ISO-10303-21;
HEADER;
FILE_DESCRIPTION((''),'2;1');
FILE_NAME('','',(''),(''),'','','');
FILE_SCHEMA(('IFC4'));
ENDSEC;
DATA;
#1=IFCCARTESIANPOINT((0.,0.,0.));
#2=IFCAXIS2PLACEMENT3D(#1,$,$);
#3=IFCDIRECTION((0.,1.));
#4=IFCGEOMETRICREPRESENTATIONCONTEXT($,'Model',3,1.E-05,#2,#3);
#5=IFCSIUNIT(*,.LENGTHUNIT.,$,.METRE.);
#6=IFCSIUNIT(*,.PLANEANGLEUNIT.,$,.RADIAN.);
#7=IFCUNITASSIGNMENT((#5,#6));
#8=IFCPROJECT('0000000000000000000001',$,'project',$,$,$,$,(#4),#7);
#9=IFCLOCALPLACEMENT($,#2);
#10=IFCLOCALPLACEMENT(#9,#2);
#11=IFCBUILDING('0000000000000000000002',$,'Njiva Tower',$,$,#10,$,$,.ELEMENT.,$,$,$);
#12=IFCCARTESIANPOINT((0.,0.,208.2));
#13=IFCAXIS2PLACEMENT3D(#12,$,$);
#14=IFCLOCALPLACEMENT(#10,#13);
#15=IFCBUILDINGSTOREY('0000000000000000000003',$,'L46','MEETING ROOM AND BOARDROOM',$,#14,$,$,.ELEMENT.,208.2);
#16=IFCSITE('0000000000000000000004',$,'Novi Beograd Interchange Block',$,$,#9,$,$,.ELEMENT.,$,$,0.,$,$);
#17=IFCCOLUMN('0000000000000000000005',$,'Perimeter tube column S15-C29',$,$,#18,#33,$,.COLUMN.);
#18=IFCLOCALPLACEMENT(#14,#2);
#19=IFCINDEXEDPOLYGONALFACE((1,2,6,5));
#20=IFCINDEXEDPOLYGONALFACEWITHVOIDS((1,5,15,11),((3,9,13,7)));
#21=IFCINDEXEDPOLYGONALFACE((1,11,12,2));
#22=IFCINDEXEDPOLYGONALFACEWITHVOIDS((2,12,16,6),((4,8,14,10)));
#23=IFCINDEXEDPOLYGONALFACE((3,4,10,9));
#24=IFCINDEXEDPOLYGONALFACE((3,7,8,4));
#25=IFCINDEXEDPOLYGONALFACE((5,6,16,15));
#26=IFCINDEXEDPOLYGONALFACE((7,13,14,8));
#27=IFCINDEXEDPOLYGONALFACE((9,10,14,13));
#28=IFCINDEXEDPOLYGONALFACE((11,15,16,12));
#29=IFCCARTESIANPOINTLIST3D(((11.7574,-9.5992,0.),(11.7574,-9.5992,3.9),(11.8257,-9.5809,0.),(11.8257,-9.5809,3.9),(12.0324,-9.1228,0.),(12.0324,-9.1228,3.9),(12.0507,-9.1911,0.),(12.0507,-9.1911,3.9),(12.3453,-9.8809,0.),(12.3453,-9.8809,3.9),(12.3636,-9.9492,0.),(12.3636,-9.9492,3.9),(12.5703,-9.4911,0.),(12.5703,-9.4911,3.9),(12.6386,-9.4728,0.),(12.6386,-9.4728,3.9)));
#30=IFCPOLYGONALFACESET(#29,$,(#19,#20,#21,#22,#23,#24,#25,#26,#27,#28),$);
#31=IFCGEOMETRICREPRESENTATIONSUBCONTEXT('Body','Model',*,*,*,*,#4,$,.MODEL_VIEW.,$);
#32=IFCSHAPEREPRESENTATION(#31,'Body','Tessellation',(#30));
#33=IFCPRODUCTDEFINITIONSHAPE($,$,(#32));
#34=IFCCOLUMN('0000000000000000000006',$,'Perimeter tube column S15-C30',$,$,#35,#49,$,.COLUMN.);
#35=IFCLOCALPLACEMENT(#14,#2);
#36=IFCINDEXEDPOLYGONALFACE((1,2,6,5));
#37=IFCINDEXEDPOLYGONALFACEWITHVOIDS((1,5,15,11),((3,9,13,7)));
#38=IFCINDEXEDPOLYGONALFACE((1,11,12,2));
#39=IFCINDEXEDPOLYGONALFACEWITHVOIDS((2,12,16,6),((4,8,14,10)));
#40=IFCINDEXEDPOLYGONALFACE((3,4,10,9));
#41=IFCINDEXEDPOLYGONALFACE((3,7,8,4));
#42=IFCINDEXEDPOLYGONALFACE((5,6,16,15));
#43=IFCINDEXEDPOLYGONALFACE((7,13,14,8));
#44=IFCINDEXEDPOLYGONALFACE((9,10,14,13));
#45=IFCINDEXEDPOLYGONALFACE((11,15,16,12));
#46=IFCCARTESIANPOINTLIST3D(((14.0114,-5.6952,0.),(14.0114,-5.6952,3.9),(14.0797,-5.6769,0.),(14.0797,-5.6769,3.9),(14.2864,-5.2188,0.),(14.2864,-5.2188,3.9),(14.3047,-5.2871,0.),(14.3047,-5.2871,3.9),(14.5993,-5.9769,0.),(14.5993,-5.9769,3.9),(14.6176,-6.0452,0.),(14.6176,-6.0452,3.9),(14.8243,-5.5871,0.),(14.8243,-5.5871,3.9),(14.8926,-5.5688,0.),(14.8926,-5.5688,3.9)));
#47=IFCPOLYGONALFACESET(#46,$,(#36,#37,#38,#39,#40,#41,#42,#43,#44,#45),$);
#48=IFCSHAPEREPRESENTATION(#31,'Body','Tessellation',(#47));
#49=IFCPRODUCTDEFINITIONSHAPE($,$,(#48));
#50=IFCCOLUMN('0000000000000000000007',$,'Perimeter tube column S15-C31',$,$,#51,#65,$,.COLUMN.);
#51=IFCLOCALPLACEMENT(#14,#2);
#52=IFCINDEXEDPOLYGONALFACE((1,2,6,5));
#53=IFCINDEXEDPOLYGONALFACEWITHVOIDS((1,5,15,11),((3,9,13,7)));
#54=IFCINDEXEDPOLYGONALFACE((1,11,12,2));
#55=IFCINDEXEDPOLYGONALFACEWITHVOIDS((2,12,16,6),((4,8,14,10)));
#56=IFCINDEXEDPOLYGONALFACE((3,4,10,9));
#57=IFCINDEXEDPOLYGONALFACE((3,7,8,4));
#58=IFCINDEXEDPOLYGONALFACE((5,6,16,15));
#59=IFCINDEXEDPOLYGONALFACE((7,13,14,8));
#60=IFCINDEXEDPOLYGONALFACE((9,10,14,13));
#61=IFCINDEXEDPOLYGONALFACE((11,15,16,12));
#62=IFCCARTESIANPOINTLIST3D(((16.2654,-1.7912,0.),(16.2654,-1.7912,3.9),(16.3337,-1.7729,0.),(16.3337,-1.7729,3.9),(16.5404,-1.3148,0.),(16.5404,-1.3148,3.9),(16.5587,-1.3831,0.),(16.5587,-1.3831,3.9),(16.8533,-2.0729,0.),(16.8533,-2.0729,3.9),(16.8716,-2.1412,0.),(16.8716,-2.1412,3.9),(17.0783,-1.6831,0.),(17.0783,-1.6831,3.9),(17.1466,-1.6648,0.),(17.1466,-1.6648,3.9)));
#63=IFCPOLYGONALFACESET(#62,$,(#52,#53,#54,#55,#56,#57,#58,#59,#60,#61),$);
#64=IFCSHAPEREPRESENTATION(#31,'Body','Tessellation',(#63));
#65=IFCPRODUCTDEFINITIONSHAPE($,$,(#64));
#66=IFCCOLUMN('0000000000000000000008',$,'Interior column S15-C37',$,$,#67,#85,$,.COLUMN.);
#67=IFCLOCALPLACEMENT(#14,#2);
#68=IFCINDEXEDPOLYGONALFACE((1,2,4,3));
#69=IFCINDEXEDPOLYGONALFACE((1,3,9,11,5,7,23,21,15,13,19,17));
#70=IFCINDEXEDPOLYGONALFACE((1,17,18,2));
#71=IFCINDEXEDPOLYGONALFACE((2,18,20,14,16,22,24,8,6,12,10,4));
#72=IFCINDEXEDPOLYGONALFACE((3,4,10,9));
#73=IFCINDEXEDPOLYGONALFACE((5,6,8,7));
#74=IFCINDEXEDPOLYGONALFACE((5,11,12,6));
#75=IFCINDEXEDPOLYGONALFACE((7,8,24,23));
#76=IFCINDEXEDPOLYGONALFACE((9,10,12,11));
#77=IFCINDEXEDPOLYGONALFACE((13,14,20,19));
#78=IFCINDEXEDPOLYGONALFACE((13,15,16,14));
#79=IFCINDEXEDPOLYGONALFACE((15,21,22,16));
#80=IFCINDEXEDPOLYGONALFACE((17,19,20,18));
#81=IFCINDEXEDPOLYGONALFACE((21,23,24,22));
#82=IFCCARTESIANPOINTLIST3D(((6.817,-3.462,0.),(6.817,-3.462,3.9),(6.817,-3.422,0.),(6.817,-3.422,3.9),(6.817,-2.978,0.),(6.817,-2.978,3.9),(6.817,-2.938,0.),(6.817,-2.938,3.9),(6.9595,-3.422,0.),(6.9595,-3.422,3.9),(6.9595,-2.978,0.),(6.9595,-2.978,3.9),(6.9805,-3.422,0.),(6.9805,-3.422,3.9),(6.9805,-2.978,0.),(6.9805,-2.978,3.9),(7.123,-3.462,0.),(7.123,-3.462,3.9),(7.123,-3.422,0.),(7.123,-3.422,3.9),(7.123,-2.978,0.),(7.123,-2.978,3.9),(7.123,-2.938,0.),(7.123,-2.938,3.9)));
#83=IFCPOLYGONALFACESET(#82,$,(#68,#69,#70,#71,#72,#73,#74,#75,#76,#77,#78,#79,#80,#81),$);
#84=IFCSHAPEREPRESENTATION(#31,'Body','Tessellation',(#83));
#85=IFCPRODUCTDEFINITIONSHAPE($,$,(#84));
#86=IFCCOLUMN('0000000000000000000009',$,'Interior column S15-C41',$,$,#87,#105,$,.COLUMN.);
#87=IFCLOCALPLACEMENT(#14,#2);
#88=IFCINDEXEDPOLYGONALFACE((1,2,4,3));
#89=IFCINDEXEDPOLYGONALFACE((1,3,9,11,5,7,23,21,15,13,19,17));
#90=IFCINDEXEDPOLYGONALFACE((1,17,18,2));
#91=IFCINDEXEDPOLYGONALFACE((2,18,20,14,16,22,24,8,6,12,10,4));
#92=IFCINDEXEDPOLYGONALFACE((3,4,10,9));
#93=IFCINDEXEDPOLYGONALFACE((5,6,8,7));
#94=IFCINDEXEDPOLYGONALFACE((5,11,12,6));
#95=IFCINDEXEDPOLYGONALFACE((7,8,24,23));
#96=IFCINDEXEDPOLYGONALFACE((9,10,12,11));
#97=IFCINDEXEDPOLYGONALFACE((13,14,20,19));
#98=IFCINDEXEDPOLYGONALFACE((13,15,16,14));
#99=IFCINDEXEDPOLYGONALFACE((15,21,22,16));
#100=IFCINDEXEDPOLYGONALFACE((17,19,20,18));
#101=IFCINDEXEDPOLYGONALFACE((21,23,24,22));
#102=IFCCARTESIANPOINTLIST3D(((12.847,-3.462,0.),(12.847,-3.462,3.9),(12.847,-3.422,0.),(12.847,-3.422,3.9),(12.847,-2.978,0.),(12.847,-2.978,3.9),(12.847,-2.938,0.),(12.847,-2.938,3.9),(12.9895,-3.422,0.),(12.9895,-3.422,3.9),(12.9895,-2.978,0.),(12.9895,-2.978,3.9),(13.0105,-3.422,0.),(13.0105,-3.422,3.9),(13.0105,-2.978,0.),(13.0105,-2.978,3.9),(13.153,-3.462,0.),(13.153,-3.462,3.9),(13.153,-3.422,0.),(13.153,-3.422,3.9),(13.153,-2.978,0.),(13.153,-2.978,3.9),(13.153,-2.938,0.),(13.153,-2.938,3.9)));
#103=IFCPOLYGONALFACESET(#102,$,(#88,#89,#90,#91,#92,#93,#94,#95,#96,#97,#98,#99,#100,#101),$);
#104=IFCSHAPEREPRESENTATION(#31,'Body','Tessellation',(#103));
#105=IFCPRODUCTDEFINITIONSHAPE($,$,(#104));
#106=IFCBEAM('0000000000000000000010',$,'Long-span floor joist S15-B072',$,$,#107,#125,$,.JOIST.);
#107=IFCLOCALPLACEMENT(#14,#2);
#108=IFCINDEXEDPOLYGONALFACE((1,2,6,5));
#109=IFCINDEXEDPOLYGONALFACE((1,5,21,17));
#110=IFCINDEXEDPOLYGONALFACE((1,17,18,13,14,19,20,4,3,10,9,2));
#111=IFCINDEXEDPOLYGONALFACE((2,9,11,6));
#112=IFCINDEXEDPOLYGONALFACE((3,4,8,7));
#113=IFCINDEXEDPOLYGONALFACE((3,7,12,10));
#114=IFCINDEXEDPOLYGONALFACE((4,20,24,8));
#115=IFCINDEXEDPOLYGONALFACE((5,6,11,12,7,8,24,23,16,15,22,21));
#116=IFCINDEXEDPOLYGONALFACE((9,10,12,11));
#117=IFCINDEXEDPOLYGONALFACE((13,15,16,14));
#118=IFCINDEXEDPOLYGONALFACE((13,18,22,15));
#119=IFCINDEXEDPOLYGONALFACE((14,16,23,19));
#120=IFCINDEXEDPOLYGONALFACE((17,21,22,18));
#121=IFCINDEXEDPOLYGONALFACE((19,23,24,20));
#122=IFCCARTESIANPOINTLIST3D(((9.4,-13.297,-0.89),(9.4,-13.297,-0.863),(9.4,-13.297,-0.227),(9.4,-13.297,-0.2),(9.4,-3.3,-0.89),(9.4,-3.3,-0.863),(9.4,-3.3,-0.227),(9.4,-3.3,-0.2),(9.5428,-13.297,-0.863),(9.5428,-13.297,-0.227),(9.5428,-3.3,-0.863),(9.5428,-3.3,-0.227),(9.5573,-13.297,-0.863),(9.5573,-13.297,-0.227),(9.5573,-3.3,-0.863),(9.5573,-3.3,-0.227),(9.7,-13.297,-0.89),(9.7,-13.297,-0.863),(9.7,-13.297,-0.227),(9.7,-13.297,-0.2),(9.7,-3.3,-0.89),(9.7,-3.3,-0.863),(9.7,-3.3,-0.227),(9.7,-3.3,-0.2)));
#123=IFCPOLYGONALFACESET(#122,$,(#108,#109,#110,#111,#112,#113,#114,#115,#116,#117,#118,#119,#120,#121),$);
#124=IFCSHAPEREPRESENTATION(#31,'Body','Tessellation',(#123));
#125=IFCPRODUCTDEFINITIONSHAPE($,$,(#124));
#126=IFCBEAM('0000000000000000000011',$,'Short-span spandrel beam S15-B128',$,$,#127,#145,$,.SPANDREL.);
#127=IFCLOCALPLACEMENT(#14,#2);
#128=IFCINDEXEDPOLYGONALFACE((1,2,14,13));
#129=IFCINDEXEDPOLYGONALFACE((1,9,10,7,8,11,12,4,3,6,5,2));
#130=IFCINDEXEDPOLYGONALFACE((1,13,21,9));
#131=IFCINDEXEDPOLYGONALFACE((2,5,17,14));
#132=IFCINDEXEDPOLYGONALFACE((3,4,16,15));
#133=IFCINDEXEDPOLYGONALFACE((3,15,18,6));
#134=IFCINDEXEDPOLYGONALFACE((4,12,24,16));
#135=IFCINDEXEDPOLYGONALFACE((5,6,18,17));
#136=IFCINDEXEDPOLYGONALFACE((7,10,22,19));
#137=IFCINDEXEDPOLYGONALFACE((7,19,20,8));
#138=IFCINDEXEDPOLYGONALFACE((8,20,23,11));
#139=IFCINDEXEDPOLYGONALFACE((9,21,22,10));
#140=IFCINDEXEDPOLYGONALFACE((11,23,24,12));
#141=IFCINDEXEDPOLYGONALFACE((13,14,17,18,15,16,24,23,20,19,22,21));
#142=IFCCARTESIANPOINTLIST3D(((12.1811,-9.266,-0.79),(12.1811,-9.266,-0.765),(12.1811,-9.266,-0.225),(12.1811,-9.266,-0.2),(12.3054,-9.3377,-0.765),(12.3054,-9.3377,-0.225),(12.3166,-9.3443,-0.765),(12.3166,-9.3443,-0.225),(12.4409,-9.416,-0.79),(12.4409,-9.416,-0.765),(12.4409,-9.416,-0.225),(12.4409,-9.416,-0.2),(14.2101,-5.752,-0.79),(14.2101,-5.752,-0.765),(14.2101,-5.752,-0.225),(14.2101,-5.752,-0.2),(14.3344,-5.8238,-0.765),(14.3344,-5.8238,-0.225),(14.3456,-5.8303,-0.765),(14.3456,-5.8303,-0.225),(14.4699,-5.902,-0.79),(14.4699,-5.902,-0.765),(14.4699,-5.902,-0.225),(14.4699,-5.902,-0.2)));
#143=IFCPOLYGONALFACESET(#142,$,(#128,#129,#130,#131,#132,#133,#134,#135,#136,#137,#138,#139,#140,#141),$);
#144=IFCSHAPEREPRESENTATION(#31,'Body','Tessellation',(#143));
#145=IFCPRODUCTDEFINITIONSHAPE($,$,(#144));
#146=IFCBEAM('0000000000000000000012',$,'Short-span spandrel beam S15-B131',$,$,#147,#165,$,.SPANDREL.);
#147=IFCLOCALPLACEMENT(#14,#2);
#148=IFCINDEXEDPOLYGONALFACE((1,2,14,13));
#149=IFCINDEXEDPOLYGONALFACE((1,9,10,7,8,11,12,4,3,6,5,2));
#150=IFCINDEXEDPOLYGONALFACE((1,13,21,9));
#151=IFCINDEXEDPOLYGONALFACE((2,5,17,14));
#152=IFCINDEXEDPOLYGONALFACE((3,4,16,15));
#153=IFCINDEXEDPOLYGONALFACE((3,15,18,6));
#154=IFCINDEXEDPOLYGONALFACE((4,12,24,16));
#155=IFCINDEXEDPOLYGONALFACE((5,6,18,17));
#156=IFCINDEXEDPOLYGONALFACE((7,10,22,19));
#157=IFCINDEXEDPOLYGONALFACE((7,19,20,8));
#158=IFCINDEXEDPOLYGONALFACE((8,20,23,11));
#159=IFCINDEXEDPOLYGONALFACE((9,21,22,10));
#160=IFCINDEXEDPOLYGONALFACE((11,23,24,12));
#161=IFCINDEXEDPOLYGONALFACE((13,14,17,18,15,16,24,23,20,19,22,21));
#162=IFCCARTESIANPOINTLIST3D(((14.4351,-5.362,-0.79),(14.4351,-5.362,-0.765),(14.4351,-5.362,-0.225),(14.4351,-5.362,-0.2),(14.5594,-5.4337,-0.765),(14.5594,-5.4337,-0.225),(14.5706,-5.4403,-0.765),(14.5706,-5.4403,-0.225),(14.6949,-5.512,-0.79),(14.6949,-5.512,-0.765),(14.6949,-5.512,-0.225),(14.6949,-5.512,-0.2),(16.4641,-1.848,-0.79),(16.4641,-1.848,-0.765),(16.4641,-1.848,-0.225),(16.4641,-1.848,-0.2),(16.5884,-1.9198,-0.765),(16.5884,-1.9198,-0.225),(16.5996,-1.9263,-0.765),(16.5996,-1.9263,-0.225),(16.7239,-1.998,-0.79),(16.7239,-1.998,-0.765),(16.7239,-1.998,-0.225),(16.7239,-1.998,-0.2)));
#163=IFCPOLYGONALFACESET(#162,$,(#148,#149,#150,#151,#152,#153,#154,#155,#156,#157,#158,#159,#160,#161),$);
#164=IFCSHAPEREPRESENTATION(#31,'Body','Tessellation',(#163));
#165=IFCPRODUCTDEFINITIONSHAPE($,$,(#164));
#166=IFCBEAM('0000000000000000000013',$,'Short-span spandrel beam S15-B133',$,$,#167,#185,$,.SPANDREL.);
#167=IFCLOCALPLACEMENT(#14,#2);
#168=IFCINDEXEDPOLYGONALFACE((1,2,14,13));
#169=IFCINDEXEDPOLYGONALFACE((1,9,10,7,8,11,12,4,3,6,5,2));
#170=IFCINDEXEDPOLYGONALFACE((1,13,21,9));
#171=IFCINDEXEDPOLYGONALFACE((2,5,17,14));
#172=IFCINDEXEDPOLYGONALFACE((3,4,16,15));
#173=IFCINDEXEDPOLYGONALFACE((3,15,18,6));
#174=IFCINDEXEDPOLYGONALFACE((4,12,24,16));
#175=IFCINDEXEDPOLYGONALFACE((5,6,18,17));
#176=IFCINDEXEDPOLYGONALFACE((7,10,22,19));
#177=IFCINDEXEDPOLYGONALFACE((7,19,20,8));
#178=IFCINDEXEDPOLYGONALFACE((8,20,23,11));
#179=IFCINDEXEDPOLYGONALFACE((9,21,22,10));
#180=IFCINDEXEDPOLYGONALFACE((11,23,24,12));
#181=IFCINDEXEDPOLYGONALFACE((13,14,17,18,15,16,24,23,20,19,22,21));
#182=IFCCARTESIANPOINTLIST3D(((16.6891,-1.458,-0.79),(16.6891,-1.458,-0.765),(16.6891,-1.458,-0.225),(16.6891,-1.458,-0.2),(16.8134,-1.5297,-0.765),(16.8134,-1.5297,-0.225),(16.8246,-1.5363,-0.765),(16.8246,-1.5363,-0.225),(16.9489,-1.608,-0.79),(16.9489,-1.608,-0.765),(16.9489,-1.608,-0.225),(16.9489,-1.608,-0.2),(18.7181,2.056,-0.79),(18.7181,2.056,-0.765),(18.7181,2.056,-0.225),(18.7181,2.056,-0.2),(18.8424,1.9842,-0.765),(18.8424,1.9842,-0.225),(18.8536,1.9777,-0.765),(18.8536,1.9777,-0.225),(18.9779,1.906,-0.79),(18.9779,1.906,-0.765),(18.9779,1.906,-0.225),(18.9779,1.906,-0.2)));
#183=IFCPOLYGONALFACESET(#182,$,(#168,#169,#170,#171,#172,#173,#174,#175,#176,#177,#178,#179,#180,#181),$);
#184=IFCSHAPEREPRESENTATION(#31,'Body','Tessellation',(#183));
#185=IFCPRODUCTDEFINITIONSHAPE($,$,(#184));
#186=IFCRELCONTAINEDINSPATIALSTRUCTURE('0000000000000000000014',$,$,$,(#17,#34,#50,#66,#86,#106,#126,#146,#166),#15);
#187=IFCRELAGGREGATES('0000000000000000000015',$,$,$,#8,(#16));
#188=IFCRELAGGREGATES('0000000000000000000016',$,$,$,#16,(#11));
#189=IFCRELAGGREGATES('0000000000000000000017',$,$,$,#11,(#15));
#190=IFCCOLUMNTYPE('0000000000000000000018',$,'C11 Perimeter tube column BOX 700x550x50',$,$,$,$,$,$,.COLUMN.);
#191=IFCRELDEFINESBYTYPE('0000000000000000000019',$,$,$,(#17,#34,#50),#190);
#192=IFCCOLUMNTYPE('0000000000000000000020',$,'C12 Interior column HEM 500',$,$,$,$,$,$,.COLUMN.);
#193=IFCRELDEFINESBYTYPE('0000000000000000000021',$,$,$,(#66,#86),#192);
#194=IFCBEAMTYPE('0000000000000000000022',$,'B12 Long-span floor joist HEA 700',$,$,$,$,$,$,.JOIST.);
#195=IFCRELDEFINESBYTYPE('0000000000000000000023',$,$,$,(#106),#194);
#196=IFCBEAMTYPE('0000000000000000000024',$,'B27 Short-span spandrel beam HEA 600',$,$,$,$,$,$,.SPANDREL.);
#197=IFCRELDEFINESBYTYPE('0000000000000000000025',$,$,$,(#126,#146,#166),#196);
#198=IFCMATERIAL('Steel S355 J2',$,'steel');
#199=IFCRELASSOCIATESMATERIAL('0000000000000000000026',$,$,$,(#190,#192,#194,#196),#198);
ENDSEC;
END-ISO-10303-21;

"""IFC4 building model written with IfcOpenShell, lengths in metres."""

from ifc_helpers import new_model, si_unit, direction, frame, origin, origin_2d, place, context, subcontext, project, spatial, hollow_rectangle, i_section, extrude, material, material_profile, profile_set, type_object, element, save


model = new_model("IFC4")

# Units and contexts
model_context = context("Model", 3, precision=1e-05, world=origin(), true_north=direction((0.0, 1.0)))
body_context = subcontext(model_context, "Body", "Model", "MODEL_VIEW")
ifc_project = project(units=[si_unit("LENGTHUNIT", "METRE"), si_unit("PLANEANGLEUNIT", "RADIAN")], contexts=[model_context])

# Site, building, storey
site_placement = place(None, origin())
site = spatial("IfcSite", under=ifc_project, at=site_placement, Name="Novi Beograd Interchange Block", CompositionType="ELEMENT", RefElevation=0.0)
building_placement = place(site_placement, origin())
building = spatial("IfcBuilding", under=site, at=building_placement, Name="Njiva Tower", CompositionType="ELEMENT")
storey_placement = place(building_placement, frame((0.0, 0.0, 208.2)))
storey = spatial("IfcBuildingStorey", under=building, at=storey_placement, Name="L46", Description="MEETING ROOM AND BOARDROOM", CompositionType="ELEMENT", Elevation=208.2)

# Columns
ifc_material_1 = material(Name="Steel S355 J2", Category="steel")
ifc_material_profile_1 = material_profile(ifc_material_1, hollow_rectangle(XDim=0.55, YDim=0.7, WallThickness=0.05, at=origin_2d()), Name="BOX 700x550x50")
ifc_profile_set_1 = profile_set([ifc_material_profile_1], Name="Steel S355 J2")
column_type_1 = type_object("IfcColumnType", Name="C11 Perimeter tube column BOX 700x550x50", PredefinedType="COLUMN", material=ifc_profile_set_1)
for number, where, z_axis, x_axis, name in (
    (1, (12.198, -9.536, 0.0), (0.0, 0.0, 1.0), (0.5, 0.866025, 0.0), "Perimeter tube column S15-C29"),
    (2, (14.452, -5.632, 0.0), (0.0, 0.0, 1.0), (0.5, 0.866025, 0.0), "Perimeter tube column S15-C30"),
    (3, (16.706, -1.728, 0.0), (0.0, 0.0, 1.0), (0.5, 0.866025, 0.0), "Perimeter tube column S15-C31"),
):
    element("IfcColumn", number, at=place(storey_placement, frame(where, z_axis=z_axis, x_axis=x_axis)), inside=storey, type_object=column_type_1, Name=name, PredefinedType="COLUMN", context=body_context, shape_type="SweptSolid", body=[
        extrude(hollow_rectangle(XDim=0.55, YDim=0.7, WallThickness=0.05, at=origin_2d()), origin(), (0.0, 0.0, 1.0), 3.9),
    ])
ifc_material_profile_2 = material_profile(ifc_material_1, i_section(OverallWidth=0.306, OverallDepth=0.524, WebThickness=0.021, FlangeThickness=0.04, at=origin_2d()), Name="HEM 500")
ifc_profile_set_2 = profile_set([ifc_material_profile_2], Name="Steel S355 J2")
column_type_2 = type_object("IfcColumnType", Name="C12 Interior column HEM 500", PredefinedType="COLUMN", material=ifc_profile_set_2)
for number, where, z_axis, x_axis, name in (
    (4, (6.97, -3.2, 0.0), (0.0, 0.0, 1.0), (1.0, 0.0, 0.0), "Interior column S15-C37"),
    (5, (13.0, -3.2, 0.0), (0.0, 0.0, 1.0), (1.0, 0.0, 0.0), "Interior column S15-C41"),
):
    element("IfcColumn", number, at=place(storey_placement, frame(where, z_axis=z_axis, x_axis=x_axis)), inside=storey, type_object=column_type_2, Name=name, PredefinedType="COLUMN", context=body_context, shape_type="SweptSolid", body=[
        extrude(i_section(OverallWidth=0.306, OverallDepth=0.524, WebThickness=0.021, FlangeThickness=0.04, at=origin_2d()), origin(), (0.0, 0.0, 1.0), 3.9),
    ])

# Beams
ifc_material_profile_3 = material_profile(ifc_material_1, i_section(OverallWidth=0.3, OverallDepth=0.69, WebThickness=0.0145, FlangeThickness=0.027, at=origin_2d()), Name="HEA 700")
ifc_profile_set_3 = profile_set([ifc_material_profile_3], Name="Steel S355 J2")
beam_type_1 = type_object("IfcBeamType", Name="B12 Long-span floor joist HEA 700", PredefinedType="JOIST", material=ifc_profile_set_3)
beam_1_placement = place(storey_placement, frame((9.55, -3.3, -0.545), z_axis=(0.0, -1.0, 0.0), x_axis=(1.0, 0.0, 0.0)))
element("IfcBeam", 6, at=beam_1_placement, inside=storey, type_object=beam_type_1, Name="Long-span floor joist S15-B072", PredefinedType="JOIST", context=body_context, shape_type="SweptSolid", body=[
    extrude(i_section(OverallWidth=0.3, OverallDepth=0.69, WebThickness=0.0145, FlangeThickness=0.027, at=origin_2d()), origin(), (0.0, 0.0, 1.0), 9.997),
])
ifc_material_profile_4 = material_profile(ifc_material_1, i_section(OverallWidth=0.3, OverallDepth=0.59, WebThickness=0.013, FlangeThickness=0.025, at=origin_2d()), Name="HEA 600")
ifc_profile_set_4 = profile_set([ifc_material_profile_4], Name="Steel S355 J2")
beam_type_2 = type_object("IfcBeamType", Name="B27 Short-span spandrel beam HEA 600", PredefinedType="SPANDREL", material=ifc_profile_set_4)
for number, where, z_axis, x_axis, name in (
    (7, (12.311, -9.341, -0.495), (0.500035, 0.866005, 0.0), (-0.866005, 0.500035, 0.0), "Short-span spandrel beam S15-B128"),
    (8, (14.565, -5.437, -0.495), (0.500035, 0.866005, 0.0), (-0.866005, 0.500035, 0.0), "Short-span spandrel beam S15-B131"),
    (9, (16.819, -1.533, -0.495), (0.500035, 0.866005, 0.0), (-0.866005, 0.500035, 0.0), "Short-span spandrel beam S15-B133"),
):
    element("IfcBeam", number, at=place(storey_placement, frame(where, z_axis=z_axis, x_axis=x_axis)), inside=storey, type_object=beam_type_2, Name=name, PredefinedType="SPANDREL", context=body_context, shape_type="SweptSolid", body=[
        extrude(i_section(OverallWidth=0.3, OverallDepth=0.59, WebThickness=0.013, FlangeThickness=0.025, at=origin_2d()), origin(), (0.0, 0.0, 1.0), 4.0577),
    ])

save(model, "model.ifc")
